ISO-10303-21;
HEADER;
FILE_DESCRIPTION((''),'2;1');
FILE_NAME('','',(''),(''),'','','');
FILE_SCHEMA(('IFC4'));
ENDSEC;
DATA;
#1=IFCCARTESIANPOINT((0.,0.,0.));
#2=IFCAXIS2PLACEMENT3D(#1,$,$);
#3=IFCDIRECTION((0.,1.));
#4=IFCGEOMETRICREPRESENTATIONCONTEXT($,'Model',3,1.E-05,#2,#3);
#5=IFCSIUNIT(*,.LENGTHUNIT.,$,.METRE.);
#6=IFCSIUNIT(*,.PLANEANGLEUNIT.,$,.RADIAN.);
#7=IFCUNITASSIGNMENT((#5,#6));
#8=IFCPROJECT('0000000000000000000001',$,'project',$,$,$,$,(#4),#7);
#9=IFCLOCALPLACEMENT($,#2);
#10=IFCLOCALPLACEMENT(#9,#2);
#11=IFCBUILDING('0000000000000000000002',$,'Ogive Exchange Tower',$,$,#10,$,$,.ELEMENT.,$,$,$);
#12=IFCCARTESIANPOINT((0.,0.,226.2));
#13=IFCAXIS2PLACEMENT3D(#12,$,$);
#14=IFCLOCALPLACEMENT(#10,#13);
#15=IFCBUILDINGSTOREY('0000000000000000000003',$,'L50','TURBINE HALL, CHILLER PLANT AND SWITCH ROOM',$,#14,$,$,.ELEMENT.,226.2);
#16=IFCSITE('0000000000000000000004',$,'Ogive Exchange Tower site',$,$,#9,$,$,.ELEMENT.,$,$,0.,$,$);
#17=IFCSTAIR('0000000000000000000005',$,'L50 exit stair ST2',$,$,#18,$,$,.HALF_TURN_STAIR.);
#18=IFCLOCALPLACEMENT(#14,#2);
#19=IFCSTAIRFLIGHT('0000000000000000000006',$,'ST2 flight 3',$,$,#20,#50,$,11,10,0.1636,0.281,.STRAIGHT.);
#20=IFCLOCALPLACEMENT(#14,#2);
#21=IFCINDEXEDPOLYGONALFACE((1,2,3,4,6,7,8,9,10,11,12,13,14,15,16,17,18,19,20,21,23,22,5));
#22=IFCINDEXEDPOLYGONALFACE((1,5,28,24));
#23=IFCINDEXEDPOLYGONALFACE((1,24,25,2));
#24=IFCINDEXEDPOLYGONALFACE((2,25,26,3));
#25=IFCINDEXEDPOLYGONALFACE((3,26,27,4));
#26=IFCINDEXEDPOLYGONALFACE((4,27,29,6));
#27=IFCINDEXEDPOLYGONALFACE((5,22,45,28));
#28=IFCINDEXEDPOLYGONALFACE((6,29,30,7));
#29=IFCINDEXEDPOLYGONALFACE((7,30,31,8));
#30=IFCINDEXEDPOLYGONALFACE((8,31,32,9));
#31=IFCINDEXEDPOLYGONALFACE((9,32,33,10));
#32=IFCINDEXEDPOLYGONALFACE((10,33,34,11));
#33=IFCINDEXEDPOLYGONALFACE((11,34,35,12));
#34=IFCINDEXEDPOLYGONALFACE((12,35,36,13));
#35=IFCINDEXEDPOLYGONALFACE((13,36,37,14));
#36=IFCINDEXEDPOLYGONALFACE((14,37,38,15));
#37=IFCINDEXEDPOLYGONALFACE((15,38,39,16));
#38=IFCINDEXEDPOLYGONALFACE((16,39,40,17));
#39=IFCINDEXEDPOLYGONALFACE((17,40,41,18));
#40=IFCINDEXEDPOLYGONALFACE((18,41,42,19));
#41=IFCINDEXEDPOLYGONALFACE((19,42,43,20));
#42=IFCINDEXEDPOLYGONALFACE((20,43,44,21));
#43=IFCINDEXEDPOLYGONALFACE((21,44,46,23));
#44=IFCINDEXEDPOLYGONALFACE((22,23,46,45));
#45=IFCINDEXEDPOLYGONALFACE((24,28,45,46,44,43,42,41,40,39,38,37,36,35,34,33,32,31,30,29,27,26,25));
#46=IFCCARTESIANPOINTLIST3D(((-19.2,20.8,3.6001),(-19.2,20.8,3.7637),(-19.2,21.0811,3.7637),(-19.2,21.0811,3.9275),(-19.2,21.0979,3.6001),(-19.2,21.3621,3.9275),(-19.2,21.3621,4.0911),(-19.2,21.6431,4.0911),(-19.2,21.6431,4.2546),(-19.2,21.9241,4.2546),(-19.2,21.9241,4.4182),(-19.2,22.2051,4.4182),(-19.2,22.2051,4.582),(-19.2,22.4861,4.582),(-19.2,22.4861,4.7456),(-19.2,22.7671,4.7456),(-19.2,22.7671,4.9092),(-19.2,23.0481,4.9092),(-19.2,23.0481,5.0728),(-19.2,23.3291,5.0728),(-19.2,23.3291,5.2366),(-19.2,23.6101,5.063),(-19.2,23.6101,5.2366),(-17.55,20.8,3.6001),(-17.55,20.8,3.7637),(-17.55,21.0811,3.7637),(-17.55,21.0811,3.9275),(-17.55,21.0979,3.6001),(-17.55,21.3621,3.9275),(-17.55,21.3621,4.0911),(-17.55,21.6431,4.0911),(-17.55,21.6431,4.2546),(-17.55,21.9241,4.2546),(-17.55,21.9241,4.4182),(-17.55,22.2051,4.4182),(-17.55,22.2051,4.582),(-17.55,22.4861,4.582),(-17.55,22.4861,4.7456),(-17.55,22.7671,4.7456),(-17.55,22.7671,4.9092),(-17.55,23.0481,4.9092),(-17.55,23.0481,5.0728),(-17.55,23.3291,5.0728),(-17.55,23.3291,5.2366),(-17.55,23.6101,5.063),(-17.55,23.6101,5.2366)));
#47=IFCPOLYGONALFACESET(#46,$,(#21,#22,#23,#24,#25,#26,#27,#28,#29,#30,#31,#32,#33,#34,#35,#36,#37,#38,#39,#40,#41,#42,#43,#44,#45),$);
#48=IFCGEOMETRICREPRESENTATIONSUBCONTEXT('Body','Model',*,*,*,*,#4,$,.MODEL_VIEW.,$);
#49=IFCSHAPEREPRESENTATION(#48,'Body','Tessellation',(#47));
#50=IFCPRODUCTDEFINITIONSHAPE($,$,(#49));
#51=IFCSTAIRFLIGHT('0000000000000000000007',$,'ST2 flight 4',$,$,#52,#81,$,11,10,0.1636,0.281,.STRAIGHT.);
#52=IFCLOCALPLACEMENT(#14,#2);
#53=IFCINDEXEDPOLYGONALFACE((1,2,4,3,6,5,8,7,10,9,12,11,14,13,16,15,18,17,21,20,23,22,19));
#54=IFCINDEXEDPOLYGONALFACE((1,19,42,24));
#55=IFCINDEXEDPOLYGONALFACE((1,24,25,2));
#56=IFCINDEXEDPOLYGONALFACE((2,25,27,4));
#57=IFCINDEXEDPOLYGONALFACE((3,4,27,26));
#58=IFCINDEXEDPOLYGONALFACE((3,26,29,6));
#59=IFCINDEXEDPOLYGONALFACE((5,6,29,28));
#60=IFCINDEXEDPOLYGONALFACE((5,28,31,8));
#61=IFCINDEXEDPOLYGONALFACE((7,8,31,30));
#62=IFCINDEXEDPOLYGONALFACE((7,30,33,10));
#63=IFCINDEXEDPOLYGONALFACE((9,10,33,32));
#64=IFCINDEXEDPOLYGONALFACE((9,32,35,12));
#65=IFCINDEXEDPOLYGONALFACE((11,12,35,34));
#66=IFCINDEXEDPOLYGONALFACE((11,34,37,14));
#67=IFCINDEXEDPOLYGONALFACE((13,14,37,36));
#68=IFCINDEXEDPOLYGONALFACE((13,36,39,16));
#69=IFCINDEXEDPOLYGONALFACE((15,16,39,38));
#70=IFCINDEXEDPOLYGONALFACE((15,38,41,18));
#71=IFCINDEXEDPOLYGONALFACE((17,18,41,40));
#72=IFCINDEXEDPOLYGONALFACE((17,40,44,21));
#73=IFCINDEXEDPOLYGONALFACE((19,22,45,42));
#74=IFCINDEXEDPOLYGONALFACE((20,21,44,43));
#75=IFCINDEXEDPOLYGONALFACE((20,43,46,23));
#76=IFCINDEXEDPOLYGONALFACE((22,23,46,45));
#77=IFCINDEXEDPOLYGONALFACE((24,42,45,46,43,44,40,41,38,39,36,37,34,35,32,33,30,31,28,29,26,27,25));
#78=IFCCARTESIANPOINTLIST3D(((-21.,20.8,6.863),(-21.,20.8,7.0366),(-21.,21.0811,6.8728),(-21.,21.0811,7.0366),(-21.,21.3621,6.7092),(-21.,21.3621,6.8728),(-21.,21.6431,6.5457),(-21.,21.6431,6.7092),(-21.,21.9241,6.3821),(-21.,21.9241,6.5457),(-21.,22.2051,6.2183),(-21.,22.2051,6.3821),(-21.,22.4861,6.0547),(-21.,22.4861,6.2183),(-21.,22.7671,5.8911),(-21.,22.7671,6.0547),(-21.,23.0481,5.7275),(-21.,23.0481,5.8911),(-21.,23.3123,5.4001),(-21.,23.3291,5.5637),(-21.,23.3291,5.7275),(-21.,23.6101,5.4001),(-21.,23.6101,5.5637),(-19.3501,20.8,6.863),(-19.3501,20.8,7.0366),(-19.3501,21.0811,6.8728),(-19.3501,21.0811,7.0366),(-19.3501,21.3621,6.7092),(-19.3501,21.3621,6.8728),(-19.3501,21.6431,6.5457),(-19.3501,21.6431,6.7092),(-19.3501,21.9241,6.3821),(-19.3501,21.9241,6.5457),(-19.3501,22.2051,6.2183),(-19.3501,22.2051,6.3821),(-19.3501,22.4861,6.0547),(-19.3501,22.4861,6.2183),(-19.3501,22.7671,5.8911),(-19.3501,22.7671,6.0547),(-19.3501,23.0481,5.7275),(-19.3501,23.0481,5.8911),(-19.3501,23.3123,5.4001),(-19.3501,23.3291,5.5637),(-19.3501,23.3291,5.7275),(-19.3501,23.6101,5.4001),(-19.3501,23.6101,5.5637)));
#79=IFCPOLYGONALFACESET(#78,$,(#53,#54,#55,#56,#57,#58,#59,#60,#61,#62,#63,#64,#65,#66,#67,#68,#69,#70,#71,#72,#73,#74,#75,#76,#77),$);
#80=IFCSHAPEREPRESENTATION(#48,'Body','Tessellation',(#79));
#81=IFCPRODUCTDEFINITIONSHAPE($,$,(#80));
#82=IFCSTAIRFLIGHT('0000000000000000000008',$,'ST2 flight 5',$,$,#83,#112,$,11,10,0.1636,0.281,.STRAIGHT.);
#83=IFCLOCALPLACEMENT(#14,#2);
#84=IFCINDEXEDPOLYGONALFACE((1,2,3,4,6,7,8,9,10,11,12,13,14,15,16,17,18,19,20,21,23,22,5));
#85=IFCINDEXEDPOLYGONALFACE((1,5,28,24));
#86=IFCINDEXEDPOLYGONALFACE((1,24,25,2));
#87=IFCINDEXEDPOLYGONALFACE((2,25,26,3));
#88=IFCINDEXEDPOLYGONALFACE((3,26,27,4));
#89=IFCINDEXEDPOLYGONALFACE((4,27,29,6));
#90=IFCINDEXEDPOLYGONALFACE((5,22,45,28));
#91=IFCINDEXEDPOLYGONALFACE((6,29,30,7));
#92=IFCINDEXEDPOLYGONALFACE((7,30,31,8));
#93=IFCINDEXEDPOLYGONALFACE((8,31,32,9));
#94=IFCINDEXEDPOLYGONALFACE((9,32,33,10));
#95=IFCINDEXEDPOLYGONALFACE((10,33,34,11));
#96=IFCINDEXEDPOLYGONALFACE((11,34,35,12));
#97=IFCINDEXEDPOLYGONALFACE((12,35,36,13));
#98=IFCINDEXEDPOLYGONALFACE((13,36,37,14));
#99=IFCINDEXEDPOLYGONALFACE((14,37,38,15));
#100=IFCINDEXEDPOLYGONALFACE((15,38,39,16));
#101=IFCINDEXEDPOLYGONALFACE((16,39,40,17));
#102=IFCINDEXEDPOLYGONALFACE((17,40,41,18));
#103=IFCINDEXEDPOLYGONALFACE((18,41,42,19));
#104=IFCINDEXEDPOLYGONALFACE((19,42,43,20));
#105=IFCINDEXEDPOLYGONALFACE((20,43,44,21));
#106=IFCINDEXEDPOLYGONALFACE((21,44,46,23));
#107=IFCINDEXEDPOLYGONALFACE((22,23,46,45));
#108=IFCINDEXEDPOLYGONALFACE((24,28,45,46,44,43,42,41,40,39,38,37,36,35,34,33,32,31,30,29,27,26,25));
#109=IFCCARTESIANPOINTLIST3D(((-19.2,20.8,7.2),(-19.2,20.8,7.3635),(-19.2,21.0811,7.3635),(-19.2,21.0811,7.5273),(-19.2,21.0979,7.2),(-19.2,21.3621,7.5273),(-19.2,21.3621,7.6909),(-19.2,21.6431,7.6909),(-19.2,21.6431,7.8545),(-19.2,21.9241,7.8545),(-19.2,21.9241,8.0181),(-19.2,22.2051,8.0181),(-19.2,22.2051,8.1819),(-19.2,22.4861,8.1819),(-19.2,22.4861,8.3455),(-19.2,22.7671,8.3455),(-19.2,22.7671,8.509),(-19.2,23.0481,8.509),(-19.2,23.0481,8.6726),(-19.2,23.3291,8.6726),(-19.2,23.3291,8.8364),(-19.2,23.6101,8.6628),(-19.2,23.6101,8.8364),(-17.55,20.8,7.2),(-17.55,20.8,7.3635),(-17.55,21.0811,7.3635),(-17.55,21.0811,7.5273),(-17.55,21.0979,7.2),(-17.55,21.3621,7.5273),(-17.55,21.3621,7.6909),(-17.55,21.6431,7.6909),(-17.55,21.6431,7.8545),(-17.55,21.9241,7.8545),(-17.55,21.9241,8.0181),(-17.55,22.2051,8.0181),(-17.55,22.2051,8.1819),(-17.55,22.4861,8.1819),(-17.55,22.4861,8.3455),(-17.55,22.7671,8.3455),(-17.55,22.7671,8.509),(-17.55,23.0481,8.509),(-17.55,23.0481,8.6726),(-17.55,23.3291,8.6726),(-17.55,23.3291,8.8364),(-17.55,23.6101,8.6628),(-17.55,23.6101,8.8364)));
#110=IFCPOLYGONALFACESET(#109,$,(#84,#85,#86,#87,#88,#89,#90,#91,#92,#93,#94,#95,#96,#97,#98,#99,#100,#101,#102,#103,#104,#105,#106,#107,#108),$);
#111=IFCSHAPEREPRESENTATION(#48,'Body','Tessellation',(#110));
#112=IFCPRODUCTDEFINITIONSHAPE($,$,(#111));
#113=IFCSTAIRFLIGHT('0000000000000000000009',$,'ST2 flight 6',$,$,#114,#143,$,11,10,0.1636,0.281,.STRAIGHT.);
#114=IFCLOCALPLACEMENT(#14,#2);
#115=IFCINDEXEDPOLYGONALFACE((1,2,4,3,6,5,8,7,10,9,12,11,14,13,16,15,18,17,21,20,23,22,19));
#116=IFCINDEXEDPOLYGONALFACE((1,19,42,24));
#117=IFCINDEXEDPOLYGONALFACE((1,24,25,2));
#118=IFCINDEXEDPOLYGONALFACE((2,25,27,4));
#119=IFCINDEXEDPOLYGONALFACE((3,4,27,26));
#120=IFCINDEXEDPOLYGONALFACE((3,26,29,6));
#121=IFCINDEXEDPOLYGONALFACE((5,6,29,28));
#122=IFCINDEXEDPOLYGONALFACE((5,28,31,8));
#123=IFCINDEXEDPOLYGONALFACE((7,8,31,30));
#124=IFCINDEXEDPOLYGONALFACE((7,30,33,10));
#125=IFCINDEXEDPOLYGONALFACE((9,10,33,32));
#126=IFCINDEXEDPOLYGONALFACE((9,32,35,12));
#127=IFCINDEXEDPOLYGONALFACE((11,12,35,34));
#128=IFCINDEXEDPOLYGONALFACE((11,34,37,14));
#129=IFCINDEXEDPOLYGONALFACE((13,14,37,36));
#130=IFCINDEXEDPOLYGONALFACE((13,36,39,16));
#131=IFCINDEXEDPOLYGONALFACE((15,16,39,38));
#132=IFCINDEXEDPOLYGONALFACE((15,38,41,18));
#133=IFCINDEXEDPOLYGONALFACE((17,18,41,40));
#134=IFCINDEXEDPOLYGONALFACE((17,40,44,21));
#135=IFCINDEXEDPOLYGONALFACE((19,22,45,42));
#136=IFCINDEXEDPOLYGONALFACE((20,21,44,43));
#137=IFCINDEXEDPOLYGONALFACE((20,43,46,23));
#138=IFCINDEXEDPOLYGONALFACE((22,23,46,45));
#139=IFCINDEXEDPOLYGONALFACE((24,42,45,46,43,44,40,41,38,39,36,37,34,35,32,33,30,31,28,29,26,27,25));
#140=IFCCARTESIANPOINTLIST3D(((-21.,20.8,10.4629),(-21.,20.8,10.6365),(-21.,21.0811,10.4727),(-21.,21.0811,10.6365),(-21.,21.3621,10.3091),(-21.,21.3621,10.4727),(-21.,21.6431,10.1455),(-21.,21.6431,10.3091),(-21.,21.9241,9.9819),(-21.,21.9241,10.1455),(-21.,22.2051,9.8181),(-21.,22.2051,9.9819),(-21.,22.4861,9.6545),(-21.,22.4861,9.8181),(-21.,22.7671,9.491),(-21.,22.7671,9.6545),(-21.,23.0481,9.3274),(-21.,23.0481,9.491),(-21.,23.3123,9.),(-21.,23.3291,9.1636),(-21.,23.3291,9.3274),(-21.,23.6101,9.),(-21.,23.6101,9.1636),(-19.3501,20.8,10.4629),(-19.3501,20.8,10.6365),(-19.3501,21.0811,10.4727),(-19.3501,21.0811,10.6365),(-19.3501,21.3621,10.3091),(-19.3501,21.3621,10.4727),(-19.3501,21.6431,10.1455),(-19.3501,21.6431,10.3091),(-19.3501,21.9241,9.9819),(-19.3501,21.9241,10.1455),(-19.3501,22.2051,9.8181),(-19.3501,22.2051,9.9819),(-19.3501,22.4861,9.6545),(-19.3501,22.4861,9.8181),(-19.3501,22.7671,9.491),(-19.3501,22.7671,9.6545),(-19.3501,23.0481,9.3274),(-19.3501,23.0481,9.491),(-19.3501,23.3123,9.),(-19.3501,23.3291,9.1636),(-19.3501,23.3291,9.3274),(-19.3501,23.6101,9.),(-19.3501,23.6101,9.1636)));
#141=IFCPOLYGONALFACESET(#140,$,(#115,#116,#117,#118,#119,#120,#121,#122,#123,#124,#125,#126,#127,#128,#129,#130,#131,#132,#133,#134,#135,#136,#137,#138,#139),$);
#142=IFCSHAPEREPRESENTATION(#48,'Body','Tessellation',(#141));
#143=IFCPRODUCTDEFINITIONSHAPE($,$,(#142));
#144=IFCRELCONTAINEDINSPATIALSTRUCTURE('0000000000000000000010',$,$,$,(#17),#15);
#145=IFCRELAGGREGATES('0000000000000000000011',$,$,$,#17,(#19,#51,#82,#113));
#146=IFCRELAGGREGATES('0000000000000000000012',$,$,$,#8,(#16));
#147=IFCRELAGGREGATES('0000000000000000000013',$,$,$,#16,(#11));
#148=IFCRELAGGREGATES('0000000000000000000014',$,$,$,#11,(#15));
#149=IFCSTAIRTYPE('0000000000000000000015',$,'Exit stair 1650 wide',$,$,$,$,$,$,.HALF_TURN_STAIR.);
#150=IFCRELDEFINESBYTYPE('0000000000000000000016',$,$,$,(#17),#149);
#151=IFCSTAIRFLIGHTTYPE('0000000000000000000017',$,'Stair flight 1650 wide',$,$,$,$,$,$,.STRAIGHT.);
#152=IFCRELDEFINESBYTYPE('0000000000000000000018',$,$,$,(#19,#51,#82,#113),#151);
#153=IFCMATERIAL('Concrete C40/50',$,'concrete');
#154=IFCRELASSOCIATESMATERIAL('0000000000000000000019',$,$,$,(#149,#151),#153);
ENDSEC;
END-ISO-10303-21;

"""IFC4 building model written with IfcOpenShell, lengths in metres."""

from ifc_helpers import new_model, si_unit, direction, frame, origin, place, context, subcontext, project, spatial, polyline, outline, extrude, material, type_object, element, aggregate, save


model = new_model("IFC4")

# Units and contexts
model_context = context("Model", 3, precision=1e-05, world=origin(), true_north=direction((0.0, 1.0)))
body_context = subcontext(model_context, "Body", "Model", "MODEL_VIEW")
ifc_project = project(units=[si_unit("LENGTHUNIT", "METRE"), si_unit("PLANEANGLEUNIT", "RADIAN")], contexts=[model_context])

# Site, building, storey
site_placement = place(None, origin())
site = spatial("IfcSite", under=ifc_project, at=site_placement, Name="Ogive Exchange Tower site", CompositionType="ELEMENT", RefElevation=0.0)
building_placement = place(site_placement, origin())
building = spatial("IfcBuilding", under=site, at=building_placement, Name="Ogive Exchange Tower", CompositionType="ELEMENT")
storey_placement = place(building_placement, frame((0.0, 0.0, 226.2)))
storey = spatial("IfcBuildingStorey", under=building, at=storey_placement, Name="L50", Description="TURBINE HALL, CHILLER PLANT AND SWITCH ROOM", CompositionType="ELEMENT", Elevation=226.2)

# Stair, stair flights
ifc_material_1 = material(Name="Concrete C40/50", Category="concrete")
stair_type = type_object("IfcStairType", Name="Exit stair 1650 wide", PredefinedType="HALF_TURN_STAIR", material=ifc_material_1)
stair_placement = place(storey_placement, origin())
stair = element("IfcStair", 1, at=stair_placement, inside=storey, type_object=stair_type, Name="L50 exit stair ST2", PredefinedType="HALF_TURN_STAIR")
stair_flight_type = type_object("IfcStairFlightType", Name="Stair flight 1650 wide", PredefinedType="STRAIGHT", material=ifc_material_1)
stair_flight_1_placement = place(storey_placement, frame((-18.375, 20.8, 3.6001), z_axis=(0.0, 0.0, 1.0), x_axis=(0.0, 1.0, 0.0)))
stair_flight_1 = element("IfcStairFlight", 2, at=stair_flight_1_placement, type_object=stair_flight_type, Name="ST2 flight 3", NumberOfRisers=11, NumberOfTreads=10, PredefinedType="STRAIGHT", RiserHeight=0.1636, TreadLength=0.281, context=body_context, shape_type="SweptSolid", body=[
    extrude(outline(polyline([(0.0, 0.0), (0.0, 0.1636), (0.281, 0.1636), (0.281, 0.3274), (0.562, 0.3274), (0.562, 0.491), (0.843, 0.491), (0.843, 0.6545), (1.124, 0.6545), (1.124, 0.8181), (1.405, 0.8181), (1.405, 0.9819), (1.686, 0.9819), (1.686, 1.1455), (1.967, 1.1455), (1.967, 1.3091), (2.248, 1.3091), (2.248, 1.4727), (2.5291, 1.4727), (2.5291, 1.6365), (2.8101, 1.6365), (2.8101, 1.8), (2.8101, 1.4629), (0.2979, 0.0), (0.0, 0.0)])), frame((0.0, 0.825, 0.0), z_axis=(0.0, -1.0, 0.0), x_axis=(1.0, 0.0, 0.0)), (0.0, 0.0, 1.0), 1.6499),
])
stair_flight_2_placement = place(storey_placement, frame((-20.175, 23.6101, 5.4001), z_axis=(0.0, 0.0, 1.0), x_axis=(0.0, -1.0, 0.0)))
stair_flight_2 = element("IfcStairFlight", 3, at=stair_flight_2_placement, type_object=stair_flight_type, Name="ST2 flight 4", NumberOfRisers=11, NumberOfTreads=10, PredefinedType="STRAIGHT", RiserHeight=0.1636, TreadLength=0.281, context=body_context, shape_type="SweptSolid", body=[
    extrude(outline(polyline([(0.0, 0.0), (0.0, 0.1636), (0.281, 0.1636), (0.281, 0.3274), (0.562, 0.3274), (0.562, 0.491), (0.843, 0.491), (0.843, 0.6545), (1.124, 0.6545), (1.124, 0.8181), (1.405, 0.8181), (1.405, 0.9819), (1.686, 0.9819), (1.686, 1.1455), (1.967, 1.1455), (1.967, 1.3091), (2.248, 1.3091), (2.248, 1.4727), (2.5291, 1.4727), (2.5291, 1.6365), (2.8101, 1.6365), (2.8101, 1.8), (2.8101, 1.4629), (0.2979, 0.0), (0.0, 0.0)])), frame((0.0, 0.825, 0.0), z_axis=(0.0, -1.0, 0.0), x_axis=(1.0, 0.0, 0.0)), (0.0, 0.0, 1.0), 1.6499),
])
stair_flight_3_placement = place(storey_placement, frame((-18.375, 20.8, 7.2), z_axis=(0.0, 0.0, 1.0), x_axis=(0.0, 1.0, 0.0)))
stair_flight_3 = element("IfcStairFlight", 4, at=stair_flight_3_placement, type_object=stair_flight_type, Name="ST2 flight 5", NumberOfRisers=11, NumberOfTreads=10, PredefinedType="STRAIGHT", RiserHeight=0.1636, TreadLength=0.281, context=body_context, shape_type="SweptSolid", body=[
    extrude(outline(polyline([(0.0, 0.0), (0.0, 0.1636), (0.281, 0.1636), (0.281, 0.3274), (0.562, 0.3274), (0.562, 0.491), (0.843, 0.491), (0.843, 0.6545), (1.124, 0.6545), (1.124, 0.8181), (1.405, 0.8181), (1.405, 0.9819), (1.686, 0.9819), (1.686, 1.1455), (1.967, 1.1455), (1.967, 1.3091), (2.248, 1.3091), (2.248, 1.4727), (2.5291, 1.4727), (2.5291, 1.6365), (2.8101, 1.6365), (2.8101, 1.8), (2.8101, 1.4629), (0.2979, 0.0), (0.0, 0.0)])), frame((0.0, 0.825, 0.0), z_axis=(0.0, -1.0, 0.0), x_axis=(1.0, 0.0, 0.0)), (0.0, 0.0, 1.0), 1.6499),
])
stair_flight_4_placement = place(storey_placement, frame((-20.175, 23.6101, 9.0), z_axis=(0.0, 0.0, 1.0), x_axis=(0.0, -1.0, 0.0)))
stair_flight_4 = element("IfcStairFlight", 5, at=stair_flight_4_placement, type_object=stair_flight_type, Name="ST2 flight 6", NumberOfRisers=11, NumberOfTreads=10, PredefinedType="STRAIGHT", RiserHeight=0.1636, TreadLength=0.281, context=body_context, shape_type="SweptSolid", body=[
    extrude(outline(polyline([(0.0, 0.0), (0.0, 0.1636), (0.281, 0.1636), (0.281, 0.3274), (0.562, 0.3274), (0.562, 0.491), (0.843, 0.491), (0.843, 0.6545), (1.124, 0.6545), (1.124, 0.8181), (1.405, 0.8181), (1.405, 0.9819), (1.686, 0.9819), (1.686, 1.1455), (1.967, 1.1455), (1.967, 1.3091), (2.248, 1.3091), (2.248, 1.4727), (2.5291, 1.4727), (2.5291, 1.6365), (2.8101, 1.6365), (2.8101, 1.8), (2.8101, 1.4629), (0.2979, 0.0), (0.0, 0.0)])), frame((0.0, 0.825, 0.0), z_axis=(0.0, -1.0, 0.0), x_axis=(1.0, 0.0, 0.0)), (0.0, 0.0, 1.0), 1.6499),
])
aggregate(stair, [stair_flight_1, stair_flight_2, stair_flight_3, stair_flight_4])

save(model, "model.ifc")
